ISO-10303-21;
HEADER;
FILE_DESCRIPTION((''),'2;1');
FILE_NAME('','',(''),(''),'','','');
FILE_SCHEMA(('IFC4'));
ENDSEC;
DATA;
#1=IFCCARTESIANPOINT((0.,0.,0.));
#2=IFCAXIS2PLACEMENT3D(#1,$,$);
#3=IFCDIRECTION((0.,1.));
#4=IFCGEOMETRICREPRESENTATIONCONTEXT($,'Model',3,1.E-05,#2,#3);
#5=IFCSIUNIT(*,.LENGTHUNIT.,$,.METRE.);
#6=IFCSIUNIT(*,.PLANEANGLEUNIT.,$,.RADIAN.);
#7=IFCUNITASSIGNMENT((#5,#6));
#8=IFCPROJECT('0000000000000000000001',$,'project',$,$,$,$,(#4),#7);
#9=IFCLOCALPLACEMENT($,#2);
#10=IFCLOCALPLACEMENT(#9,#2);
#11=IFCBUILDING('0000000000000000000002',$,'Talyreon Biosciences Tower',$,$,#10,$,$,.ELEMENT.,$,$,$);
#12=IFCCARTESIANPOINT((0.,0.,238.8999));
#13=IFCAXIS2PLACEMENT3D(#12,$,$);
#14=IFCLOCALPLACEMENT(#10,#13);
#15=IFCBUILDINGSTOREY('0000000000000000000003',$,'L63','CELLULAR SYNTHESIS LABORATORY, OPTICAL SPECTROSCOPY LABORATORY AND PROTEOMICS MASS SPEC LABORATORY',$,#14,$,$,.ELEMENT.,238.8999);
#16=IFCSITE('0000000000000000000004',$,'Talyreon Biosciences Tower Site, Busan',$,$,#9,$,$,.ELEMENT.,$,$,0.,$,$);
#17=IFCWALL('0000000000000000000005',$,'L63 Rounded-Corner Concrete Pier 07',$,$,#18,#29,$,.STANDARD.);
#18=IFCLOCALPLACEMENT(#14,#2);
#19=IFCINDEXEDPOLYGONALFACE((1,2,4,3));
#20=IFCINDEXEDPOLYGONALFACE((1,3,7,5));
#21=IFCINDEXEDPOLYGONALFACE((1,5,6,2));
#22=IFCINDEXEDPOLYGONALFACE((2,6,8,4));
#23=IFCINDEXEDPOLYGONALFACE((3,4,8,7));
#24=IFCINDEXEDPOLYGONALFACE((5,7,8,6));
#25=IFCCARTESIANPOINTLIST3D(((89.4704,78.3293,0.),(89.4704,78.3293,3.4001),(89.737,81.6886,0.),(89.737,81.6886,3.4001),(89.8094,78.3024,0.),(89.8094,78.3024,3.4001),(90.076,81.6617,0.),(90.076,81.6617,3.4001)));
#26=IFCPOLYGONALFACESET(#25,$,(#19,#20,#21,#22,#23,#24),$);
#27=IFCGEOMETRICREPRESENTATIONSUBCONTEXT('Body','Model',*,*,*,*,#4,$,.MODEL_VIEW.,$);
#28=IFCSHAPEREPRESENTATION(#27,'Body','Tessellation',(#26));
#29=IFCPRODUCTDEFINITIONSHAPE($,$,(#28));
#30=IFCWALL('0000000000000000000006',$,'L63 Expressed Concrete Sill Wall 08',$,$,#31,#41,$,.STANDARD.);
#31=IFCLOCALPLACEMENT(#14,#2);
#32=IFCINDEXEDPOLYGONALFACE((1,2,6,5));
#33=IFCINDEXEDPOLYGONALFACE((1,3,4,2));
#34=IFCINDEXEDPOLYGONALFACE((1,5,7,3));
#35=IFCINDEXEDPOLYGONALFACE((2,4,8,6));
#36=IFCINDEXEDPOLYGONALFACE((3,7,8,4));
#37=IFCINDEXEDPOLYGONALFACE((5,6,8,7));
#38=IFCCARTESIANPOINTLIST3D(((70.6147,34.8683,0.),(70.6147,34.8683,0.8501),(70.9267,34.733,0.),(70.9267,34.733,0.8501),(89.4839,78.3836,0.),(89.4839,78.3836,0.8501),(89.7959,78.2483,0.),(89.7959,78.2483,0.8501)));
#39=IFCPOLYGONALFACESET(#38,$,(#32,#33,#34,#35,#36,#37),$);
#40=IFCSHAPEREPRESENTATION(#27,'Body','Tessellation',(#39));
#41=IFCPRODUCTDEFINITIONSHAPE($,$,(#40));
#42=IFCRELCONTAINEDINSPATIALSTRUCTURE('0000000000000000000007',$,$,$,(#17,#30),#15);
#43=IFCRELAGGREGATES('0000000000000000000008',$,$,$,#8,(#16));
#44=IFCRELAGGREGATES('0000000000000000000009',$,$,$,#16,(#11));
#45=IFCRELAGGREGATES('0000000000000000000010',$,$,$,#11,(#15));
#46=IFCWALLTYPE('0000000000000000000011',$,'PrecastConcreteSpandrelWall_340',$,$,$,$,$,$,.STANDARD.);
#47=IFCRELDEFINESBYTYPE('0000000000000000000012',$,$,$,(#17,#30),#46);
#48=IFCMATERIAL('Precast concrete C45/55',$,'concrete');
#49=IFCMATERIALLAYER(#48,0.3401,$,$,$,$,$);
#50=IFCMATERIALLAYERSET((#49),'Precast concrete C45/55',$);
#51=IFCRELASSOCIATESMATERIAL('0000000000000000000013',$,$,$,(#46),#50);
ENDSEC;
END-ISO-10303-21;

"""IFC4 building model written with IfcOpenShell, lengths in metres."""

from ifc_helpers import new_model, si_unit, direction, frame, frame_2d, origin, place, context, subcontext, project, spatial, rectangle, extrude, material, layer, layer_set, type_object, element, save


model = new_model("IFC4")

# Units and contexts
model_context = context("Model", 3, precision=1e-05, world=origin(), true_north=direction((0.0, 1.0)))
body_context = subcontext(model_context, "Body", "Model", "MODEL_VIEW")
ifc_project = project(units=[si_unit("LENGTHUNIT", "METRE"), si_unit("PLANEANGLEUNIT", "RADIAN")], contexts=[model_context])

# Site, building, storey
site_placement = place(None, origin())
site = spatial("IfcSite", under=ifc_project, at=site_placement, Name="Talyreon Biosciences Tower Site, Busan", CompositionType="ELEMENT", RefElevation=0.0)
building_placement = place(site_placement, origin())
building = spatial("IfcBuilding", under=site, at=building_placement, Name="Talyreon Biosciences Tower", CompositionType="ELEMENT")
storey_placement = place(building_placement, frame((0.0, 0.0, 238.8999)))
storey = spatial("IfcBuildingStorey", under=building, at=storey_placement, Name="L63", Description="CELLULAR SYNTHESIS LABORATORY, OPTICAL SPECTROSCOPY LABORATORY AND PROTEOMICS MASS SPEC LABORATORY", CompositionType="ELEMENT", Elevation=238.8999)

# Shared definitions
ifc_material_1 = material(Name="Precast concrete C45/55", Category="concrete")

# Walls
ifc_layer_1 = layer(ifc_material_1, 0.3401)
ifc_layer_set_1 = layer_set([ifc_layer_1], Name="Precast concrete C45/55")
wall_type_1 = type_object("IfcWallType", Name="PrecastConcreteSpandrelWall_340", PredefinedType="STANDARD", material=ifc_layer_set_1)
wall_1_placement = place(storey_placement, frame((89.9065, 81.6753, 0.0), z_axis=(0.0, 0.0, 1.0), x_axis=(-0.079112, -0.996866, 0.0)))
element("IfcWall", 1, at=wall_1_placement, inside=storey, type_object=wall_type_1, Name="L63 Rounded-Corner Concrete Pier 07", PredefinedType="STANDARD", context=body_context, shape_type="SweptSolid", body=[
    extrude(rectangle(XDim=3.3699, YDim=0.3401, at=frame_2d((1.6851, 0.0))), origin(), (0.0, 0.0, 1.0), 3.4001),
])
wall_2_placement = place(storey_placement, frame((89.6399, 78.3159, 0.0), z_axis=(0.0, 0.0, 1.0), x_axis=(-0.397831, -0.917459, 0.0)))
element("IfcWall", 2, at=wall_2_placement, inside=storey, type_object=wall_type_1, Name="L63 Expressed Concrete Sill Wall 08", PredefinedType="STANDARD", context=body_context, shape_type="SweptSolid", body=[
    extrude(rectangle(XDim=47.4302, YDim=0.3401, at=frame_2d((23.7151, 0.0))), origin(), (0.0, 0.0, 1.0), 0.8501),
])

save(model, "model.ifc")
